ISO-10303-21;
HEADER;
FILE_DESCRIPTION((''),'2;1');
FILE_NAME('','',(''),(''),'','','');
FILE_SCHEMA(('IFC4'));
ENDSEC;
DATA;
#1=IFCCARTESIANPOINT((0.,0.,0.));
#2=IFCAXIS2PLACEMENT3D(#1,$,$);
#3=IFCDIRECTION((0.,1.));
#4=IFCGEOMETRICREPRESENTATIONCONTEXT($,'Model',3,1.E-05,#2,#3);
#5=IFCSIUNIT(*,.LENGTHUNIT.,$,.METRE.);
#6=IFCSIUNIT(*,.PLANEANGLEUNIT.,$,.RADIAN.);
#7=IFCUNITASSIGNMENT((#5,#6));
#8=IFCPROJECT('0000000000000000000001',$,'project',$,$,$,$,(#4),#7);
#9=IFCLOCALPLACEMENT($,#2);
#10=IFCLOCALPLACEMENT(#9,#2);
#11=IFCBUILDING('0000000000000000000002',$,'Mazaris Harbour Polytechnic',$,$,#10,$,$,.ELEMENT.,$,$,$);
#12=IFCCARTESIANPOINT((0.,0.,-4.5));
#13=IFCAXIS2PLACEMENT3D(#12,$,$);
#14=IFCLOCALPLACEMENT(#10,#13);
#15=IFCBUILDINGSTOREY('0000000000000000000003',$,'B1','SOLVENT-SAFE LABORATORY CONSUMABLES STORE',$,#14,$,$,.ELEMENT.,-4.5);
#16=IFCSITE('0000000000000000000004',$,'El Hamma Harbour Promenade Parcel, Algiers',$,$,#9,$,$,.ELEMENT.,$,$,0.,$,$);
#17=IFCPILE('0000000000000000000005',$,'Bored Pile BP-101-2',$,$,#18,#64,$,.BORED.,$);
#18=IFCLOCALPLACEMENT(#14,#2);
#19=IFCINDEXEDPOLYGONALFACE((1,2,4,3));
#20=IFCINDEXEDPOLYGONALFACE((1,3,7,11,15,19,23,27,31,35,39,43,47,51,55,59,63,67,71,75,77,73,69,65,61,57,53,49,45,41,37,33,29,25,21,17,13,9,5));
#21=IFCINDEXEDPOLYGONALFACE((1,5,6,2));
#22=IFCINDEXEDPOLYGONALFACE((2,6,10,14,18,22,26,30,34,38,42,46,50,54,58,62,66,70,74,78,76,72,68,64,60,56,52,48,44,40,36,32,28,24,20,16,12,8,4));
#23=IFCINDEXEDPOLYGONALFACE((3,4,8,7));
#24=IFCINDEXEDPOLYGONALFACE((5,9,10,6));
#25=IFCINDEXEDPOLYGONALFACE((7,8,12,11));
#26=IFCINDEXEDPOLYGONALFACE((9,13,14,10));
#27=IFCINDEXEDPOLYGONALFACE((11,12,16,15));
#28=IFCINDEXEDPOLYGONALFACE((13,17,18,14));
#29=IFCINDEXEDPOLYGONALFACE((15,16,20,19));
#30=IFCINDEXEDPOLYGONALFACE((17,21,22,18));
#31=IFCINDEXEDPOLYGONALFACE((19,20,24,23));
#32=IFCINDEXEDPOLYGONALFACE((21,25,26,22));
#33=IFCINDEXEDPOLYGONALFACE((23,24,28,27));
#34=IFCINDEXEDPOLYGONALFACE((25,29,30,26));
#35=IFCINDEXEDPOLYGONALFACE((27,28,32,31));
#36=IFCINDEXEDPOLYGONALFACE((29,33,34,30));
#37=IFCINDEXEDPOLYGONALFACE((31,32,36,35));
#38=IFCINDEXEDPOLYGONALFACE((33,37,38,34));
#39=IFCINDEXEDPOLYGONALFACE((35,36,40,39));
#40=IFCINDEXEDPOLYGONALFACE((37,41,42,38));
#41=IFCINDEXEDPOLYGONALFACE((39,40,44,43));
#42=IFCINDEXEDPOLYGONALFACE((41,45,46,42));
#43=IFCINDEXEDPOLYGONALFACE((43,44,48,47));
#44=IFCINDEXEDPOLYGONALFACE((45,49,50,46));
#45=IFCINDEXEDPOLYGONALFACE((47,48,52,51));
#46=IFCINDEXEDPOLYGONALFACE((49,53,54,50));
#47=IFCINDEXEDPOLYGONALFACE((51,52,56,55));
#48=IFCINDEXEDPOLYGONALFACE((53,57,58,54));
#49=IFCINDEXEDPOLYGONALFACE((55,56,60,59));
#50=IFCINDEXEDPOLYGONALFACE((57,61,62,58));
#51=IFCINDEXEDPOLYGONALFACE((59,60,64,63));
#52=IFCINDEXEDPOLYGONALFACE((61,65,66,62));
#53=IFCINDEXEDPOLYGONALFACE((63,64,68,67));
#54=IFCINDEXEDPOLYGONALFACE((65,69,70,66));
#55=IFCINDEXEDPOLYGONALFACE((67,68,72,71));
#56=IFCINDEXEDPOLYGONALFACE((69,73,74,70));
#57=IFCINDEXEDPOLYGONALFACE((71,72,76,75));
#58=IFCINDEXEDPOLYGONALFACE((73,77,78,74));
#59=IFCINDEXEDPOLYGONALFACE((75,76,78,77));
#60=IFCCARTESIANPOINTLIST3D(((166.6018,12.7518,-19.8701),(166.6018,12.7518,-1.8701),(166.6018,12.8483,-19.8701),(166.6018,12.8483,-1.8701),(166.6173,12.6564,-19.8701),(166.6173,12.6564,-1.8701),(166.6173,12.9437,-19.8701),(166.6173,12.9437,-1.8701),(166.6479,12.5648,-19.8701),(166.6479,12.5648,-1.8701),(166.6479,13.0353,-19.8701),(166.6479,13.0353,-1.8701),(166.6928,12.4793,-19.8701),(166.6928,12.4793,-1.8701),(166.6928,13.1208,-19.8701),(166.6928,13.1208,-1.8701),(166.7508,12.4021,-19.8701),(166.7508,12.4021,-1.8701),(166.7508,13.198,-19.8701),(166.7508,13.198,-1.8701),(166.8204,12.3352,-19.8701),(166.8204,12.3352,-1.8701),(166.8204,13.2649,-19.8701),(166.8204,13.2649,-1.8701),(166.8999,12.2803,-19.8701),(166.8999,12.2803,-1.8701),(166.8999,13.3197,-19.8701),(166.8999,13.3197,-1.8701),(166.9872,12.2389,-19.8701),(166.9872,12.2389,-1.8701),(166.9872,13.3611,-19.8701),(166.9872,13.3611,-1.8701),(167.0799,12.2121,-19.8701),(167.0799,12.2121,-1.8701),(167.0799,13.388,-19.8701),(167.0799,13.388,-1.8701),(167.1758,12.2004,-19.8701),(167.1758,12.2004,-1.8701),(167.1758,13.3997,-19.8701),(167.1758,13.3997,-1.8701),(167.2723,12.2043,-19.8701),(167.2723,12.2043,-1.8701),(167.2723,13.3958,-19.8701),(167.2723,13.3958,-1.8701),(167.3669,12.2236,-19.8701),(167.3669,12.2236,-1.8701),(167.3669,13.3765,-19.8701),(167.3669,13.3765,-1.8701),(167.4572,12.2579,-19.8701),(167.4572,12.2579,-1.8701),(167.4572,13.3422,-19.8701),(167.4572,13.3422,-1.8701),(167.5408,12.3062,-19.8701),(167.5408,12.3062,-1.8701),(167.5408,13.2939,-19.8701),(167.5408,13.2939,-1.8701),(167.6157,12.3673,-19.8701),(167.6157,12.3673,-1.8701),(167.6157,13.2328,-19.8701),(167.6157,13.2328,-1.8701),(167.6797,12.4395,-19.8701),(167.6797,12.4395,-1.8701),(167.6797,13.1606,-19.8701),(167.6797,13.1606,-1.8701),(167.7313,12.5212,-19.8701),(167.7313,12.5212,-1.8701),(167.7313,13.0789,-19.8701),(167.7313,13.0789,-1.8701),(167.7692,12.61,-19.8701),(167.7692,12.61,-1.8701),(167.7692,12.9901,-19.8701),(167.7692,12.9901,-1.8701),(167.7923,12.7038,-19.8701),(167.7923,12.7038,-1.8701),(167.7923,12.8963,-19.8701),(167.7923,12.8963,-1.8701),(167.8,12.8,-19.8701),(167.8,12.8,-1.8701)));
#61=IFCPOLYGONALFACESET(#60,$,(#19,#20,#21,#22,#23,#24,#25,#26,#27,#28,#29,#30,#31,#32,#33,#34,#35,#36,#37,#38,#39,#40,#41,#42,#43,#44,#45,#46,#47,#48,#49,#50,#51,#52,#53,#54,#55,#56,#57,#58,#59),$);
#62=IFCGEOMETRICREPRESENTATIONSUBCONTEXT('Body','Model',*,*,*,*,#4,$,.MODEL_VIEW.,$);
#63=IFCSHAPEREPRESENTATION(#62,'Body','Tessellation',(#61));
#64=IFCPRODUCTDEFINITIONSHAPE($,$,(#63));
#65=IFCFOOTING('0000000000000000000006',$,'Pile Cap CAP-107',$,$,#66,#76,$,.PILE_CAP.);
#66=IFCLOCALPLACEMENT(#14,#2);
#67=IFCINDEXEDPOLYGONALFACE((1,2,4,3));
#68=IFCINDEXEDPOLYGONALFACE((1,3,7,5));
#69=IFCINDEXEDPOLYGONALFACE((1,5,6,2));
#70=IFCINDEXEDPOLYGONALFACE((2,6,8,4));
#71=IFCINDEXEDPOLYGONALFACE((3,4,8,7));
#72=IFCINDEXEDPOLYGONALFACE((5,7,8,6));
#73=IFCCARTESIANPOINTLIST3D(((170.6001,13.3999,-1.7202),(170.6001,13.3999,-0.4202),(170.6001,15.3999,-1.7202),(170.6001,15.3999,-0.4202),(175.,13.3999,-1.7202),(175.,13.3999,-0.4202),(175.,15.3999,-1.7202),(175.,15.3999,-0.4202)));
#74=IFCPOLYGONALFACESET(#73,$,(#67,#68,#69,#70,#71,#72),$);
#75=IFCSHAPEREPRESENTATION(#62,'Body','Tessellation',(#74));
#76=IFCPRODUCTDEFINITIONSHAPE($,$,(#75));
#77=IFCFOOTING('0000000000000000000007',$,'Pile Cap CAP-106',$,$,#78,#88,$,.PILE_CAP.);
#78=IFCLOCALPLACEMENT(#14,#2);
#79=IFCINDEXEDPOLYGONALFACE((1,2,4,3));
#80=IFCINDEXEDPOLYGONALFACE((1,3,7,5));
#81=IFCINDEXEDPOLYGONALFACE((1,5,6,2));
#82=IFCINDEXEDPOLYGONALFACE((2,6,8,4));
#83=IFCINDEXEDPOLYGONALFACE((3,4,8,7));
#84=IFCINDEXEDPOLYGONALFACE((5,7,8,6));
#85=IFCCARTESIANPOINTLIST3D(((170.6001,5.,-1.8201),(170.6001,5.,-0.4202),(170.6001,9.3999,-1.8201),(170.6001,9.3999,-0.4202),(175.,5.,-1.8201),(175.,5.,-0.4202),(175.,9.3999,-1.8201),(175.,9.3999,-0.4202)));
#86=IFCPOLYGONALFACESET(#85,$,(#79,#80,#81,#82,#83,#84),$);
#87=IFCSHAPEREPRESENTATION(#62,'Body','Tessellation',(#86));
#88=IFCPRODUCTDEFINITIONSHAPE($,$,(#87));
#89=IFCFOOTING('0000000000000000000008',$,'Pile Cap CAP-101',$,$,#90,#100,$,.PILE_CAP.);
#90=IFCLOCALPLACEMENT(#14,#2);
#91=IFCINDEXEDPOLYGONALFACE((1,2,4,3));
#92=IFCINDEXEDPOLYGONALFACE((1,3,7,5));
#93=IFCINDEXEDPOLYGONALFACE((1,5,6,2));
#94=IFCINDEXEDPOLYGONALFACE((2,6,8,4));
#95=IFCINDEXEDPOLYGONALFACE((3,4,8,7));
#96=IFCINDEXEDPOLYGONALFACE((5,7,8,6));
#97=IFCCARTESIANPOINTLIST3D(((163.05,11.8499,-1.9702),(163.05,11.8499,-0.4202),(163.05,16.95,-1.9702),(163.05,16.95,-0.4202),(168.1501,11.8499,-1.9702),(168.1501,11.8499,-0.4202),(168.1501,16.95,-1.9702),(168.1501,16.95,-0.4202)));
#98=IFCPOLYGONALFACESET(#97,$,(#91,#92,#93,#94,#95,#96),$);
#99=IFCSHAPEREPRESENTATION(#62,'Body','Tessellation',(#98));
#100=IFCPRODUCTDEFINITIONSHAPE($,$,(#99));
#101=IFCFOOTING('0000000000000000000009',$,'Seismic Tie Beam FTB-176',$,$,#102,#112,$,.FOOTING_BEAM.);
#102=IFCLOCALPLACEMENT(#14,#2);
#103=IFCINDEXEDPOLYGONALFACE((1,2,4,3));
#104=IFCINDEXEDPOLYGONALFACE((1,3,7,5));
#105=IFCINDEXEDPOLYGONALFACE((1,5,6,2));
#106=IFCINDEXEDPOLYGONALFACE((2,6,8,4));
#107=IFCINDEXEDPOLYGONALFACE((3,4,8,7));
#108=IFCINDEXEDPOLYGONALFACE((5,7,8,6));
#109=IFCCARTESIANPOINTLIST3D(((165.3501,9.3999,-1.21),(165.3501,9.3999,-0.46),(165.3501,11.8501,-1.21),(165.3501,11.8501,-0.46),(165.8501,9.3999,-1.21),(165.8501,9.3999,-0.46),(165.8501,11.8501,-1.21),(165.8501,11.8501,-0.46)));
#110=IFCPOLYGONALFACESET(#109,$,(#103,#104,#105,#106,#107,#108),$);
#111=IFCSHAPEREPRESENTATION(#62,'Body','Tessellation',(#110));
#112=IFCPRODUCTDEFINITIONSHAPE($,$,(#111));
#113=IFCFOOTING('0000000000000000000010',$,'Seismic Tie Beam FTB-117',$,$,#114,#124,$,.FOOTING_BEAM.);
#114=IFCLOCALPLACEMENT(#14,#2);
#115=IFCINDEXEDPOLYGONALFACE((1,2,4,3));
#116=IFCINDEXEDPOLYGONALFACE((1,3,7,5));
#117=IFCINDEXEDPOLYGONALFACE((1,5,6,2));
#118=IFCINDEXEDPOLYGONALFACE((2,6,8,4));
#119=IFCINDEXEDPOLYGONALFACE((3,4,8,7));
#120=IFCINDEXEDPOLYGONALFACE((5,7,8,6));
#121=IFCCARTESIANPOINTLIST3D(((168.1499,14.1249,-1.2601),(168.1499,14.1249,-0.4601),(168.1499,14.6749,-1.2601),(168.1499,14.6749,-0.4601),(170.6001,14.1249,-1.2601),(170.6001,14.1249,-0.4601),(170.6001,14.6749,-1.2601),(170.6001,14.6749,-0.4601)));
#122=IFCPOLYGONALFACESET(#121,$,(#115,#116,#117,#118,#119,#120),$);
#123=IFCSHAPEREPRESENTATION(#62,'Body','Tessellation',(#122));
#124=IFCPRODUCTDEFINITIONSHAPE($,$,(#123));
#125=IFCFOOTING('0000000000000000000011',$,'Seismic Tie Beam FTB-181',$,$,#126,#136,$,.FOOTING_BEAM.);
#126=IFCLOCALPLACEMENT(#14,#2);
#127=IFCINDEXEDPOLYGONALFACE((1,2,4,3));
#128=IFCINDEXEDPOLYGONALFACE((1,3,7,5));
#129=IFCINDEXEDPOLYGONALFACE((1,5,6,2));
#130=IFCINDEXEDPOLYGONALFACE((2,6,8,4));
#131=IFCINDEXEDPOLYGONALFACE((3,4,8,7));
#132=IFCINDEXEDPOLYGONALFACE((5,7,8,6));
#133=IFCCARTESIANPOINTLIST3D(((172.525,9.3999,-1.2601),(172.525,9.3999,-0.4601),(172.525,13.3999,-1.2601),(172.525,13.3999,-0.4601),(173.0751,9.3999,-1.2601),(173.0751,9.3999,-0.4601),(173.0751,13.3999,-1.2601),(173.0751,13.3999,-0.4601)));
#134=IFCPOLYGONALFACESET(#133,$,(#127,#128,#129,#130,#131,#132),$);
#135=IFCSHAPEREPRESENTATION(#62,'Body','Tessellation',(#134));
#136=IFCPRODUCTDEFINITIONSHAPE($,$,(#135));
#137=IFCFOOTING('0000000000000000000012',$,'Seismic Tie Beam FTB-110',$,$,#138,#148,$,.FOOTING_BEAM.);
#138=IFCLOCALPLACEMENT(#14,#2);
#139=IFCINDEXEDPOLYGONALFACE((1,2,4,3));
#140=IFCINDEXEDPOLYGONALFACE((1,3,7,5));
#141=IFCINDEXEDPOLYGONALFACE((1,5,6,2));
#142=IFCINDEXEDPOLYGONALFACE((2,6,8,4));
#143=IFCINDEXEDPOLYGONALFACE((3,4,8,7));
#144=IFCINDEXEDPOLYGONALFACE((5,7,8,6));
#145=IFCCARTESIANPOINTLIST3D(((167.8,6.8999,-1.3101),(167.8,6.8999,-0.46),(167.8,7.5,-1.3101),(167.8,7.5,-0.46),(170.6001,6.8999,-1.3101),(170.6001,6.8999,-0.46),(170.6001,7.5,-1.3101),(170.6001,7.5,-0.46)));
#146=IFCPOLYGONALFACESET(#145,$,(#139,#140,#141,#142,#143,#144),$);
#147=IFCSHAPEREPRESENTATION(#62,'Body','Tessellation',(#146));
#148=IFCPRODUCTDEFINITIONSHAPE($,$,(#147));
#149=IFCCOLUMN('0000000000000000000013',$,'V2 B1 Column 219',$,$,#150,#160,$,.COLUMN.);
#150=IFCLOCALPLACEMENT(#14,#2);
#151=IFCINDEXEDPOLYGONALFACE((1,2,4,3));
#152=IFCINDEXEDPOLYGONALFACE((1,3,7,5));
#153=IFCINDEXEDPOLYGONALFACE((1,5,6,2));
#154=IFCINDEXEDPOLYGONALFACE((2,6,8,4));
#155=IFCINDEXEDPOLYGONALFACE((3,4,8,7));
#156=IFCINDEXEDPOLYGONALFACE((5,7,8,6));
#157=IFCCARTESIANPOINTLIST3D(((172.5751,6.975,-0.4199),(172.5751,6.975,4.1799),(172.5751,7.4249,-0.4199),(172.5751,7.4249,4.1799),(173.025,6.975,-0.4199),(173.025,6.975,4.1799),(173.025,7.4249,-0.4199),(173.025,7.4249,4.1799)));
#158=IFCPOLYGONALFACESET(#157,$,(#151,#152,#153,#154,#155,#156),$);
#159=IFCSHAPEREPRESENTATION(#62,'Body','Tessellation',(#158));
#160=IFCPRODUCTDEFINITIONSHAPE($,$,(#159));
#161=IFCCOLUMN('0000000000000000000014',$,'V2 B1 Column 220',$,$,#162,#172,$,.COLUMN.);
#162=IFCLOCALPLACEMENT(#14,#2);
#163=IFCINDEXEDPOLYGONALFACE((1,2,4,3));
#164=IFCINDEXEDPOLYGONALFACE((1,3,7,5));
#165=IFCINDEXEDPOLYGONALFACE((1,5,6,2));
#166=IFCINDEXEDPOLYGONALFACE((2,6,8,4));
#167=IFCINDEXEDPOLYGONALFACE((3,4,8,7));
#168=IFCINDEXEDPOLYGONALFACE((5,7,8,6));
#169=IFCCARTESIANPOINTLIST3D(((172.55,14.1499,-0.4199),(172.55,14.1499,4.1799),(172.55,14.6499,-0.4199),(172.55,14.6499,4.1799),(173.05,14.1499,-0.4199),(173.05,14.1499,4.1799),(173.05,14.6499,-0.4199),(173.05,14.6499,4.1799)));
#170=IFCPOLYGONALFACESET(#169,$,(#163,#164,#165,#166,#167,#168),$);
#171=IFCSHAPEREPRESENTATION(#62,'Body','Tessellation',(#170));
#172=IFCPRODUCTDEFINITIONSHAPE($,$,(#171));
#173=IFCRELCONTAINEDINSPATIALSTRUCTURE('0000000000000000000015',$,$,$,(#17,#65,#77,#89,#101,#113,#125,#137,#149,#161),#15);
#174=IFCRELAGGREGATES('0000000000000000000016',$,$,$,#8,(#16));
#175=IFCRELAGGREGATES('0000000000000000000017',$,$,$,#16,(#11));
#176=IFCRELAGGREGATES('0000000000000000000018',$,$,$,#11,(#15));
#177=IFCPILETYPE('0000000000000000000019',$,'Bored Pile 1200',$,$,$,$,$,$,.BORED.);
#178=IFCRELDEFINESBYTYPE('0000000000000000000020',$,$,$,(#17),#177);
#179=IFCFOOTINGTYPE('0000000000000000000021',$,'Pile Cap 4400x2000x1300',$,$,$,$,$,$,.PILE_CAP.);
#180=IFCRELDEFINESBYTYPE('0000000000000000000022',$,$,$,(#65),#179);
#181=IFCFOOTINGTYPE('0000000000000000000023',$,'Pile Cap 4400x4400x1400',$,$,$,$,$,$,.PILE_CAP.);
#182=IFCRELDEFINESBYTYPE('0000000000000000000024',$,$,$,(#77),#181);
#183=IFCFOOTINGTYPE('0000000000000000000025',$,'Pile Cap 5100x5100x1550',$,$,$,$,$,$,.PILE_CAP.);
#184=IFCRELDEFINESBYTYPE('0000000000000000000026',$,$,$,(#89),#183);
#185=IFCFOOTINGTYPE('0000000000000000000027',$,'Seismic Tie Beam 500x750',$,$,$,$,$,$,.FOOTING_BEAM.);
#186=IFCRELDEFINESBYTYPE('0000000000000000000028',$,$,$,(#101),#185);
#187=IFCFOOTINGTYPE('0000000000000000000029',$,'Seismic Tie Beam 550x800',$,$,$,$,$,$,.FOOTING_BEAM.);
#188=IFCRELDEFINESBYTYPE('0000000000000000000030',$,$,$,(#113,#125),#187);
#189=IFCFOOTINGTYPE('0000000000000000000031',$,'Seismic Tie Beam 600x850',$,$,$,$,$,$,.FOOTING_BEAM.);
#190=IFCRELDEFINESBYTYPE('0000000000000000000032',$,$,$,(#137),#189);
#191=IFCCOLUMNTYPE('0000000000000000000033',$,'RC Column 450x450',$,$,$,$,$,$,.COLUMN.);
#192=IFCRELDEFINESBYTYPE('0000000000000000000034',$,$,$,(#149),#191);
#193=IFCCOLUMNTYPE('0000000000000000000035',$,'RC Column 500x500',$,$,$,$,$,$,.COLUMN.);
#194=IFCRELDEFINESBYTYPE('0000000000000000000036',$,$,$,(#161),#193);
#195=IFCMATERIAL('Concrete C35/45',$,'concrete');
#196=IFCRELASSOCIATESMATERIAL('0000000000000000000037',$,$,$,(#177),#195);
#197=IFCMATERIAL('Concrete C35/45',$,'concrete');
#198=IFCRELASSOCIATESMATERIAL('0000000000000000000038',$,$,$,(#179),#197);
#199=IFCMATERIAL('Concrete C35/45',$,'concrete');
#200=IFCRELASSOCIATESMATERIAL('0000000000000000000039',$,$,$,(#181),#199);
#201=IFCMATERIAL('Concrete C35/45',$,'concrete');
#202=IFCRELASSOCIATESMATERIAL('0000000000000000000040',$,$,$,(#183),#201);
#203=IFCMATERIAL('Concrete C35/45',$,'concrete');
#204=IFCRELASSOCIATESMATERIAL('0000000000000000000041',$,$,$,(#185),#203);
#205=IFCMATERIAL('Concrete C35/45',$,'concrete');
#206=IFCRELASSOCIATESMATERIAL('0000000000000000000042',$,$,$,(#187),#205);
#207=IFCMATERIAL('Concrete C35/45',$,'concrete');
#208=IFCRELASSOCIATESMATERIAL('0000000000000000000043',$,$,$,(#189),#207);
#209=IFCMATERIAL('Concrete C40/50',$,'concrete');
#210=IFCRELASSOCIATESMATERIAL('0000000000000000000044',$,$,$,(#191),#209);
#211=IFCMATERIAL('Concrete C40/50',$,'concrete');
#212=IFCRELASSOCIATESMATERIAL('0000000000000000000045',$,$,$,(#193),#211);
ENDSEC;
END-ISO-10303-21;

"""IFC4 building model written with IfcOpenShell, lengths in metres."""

from ifc_helpers import new_model, si_unit, direction, frame, origin, origin_2d, place, context, subcontext, project, spatial, rectangle, circle, extrude, material, material_profile, profile_set, type_object, element, save


model = new_model("IFC4")

# Units and contexts
model_context = context("Model", 3, precision=1e-05, world=origin(), true_north=direction((0.0, 1.0)))
body_context = subcontext(model_context, "Body", "Model", "MODEL_VIEW")
ifc_project = project(units=[si_unit("LENGTHUNIT", "METRE"), si_unit("PLANEANGLEUNIT", "RADIAN")], contexts=[model_context])

# Site, building, storey
site_placement = place(None, origin())
site = spatial("IfcSite", under=ifc_project, at=site_placement, Name="El Hamma Harbour Promenade Parcel, Algiers", CompositionType="ELEMENT", RefElevation=0.0)
building_placement = place(site_placement, origin())
building = spatial("IfcBuilding", under=site, at=building_placement, Name="Mazaris Harbour Polytechnic", CompositionType="ELEMENT")
storey_placement = place(building_placement, frame((0.0, 0.0, -4.5)))
storey = spatial("IfcBuildingStorey", under=building, at=storey_placement, Name="B1", Description="SOLVENT-SAFE LABORATORY CONSUMABLES STORE", CompositionType="ELEMENT", Elevation=-4.5)

# Pile
ifc_material_1 = material(Name="Concrete C35/45", Category="concrete")
ifc_material_profile_1 = material_profile(ifc_material_1, circle(Radius=0.6001, at=origin_2d()), Name="DIA1200")
ifc_profile_set_1 = profile_set([ifc_material_profile_1], Name="Concrete C35/45")
pile_type_1 = type_object("IfcPileType", Name="Bored Pile 1200", PredefinedType="BORED", material=ifc_profile_set_1)
pile_placement = place(storey_placement, frame((167.2, 12.8, -1.8701), z_axis=(0.0, 0.0, -1.0), x_axis=(1.0, 0.0, 0.0)))
element("IfcPile", 1, at=pile_placement, inside=storey, type_object=pile_type_1, Name="Bored Pile BP-101-2", PredefinedType="BORED", context=body_context, shape_type="SweptSolid", body=[
    extrude(circle(Radius=0.6001, at=origin_2d()), origin(), (0.0, 0.0, 1.0), 18.0),
])

# Footings
ifc_material_2 = material(Name="Concrete C35/45", Category="concrete")
footing_type_1 = type_object("IfcFootingType", Name="Pile Cap 4400x2000x1300", PredefinedType="PILE_CAP", material=ifc_material_2)
footing_1_placement = place(storey_placement, frame((172.8, 14.3999, -1.7202), z_axis=(0.0, 0.0, 1.0), x_axis=(1.0, 0.0, 0.0)))
element("IfcFooting", 2, at=footing_1_placement, inside=storey, type_object=footing_type_1, Name="Pile Cap CAP-107", PredefinedType="PILE_CAP", context=body_context, shape_type="SweptSolid", body=[
    extrude(rectangle(XDim=4.3999, YDim=2.0, at=origin_2d()), origin(), (0.0, 0.0, 1.0), 1.3),
])
ifc_material_3 = material(Name="Concrete C35/45", Category="concrete")
footing_type_2 = type_object("IfcFootingType", Name="Pile Cap 4400x4400x1400", PredefinedType="PILE_CAP", material=ifc_material_3)
footing_2_placement = place(storey_placement, frame((172.8, 7.2, -1.8201), z_axis=(0.0, 0.0, 1.0), x_axis=(1.0, 0.0, 0.0)))
element("IfcFooting", 3, at=footing_2_placement, inside=storey, type_object=footing_type_2, Name="Pile Cap CAP-106", PredefinedType="PILE_CAP", context=body_context, shape_type="SweptSolid", body=[
    extrude(rectangle(XDim=4.3999, YDim=4.3999, at=origin_2d()), origin(), (0.0, 0.0, 1.0), 1.3999),
])
ifc_material_4 = material(Name="Concrete C35/45", Category="concrete")
footing_type_3 = type_object("IfcFootingType", Name="Pile Cap 5100x5100x1550", PredefinedType="PILE_CAP", material=ifc_material_4)
footing_3_placement = place(storey_placement, frame((165.6001, 14.3999, -1.9702), z_axis=(0.0, 0.0, 1.0), x_axis=(1.0, 0.0, 0.0)))
element("IfcFooting", 4, at=footing_3_placement, inside=storey, type_object=footing_type_3, Name="Pile Cap CAP-101", PredefinedType="PILE_CAP", context=body_context, shape_type="SweptSolid", body=[
    extrude(rectangle(XDim=5.1001, YDim=5.1001, at=origin_2d()), origin(), (0.0, 0.0, 1.0), 1.55),
])
ifc_material_5 = material(Name="Concrete C35/45", Category="concrete")
ifc_material_profile_2 = material_profile(ifc_material_5, rectangle(XDim=0.5, YDim=0.75, at=origin_2d()), Name="RECT500x750")
ifc_profile_set_2 = profile_set([ifc_material_profile_2], Name="Concrete C35/45")
footing_type_4 = type_object("IfcFootingType", Name="Seismic Tie Beam 500x750", PredefinedType="FOOTING_BEAM", material=ifc_profile_set_2)
footing_4_placement = place(storey_placement, frame((165.6001, 9.3999, -0.835), z_axis=(0.0, 1.0, 0.0), x_axis=(-1.0, 0.0, 0.0)))
element("IfcFooting", 5, at=footing_4_placement, inside=storey, type_object=footing_type_4, Name="Seismic Tie Beam FTB-176", PredefinedType="FOOTING_BEAM", context=body_context, shape_type="SweptSolid", body=[
    extrude(rectangle(XDim=0.5, YDim=0.75, at=origin_2d()), origin(), (0.0, 0.0, 1.0), 2.4502),
])
ifc_material_6 = material(Name="Concrete C35/45", Category="concrete")
ifc_material_profile_3 = material_profile(ifc_material_6, rectangle(XDim=0.55, YDim=0.8, at=origin_2d()), Name="RECT550x800")
ifc_profile_set_3 = profile_set([ifc_material_profile_3], Name="Concrete C35/45")
footing_type_5 = type_object("IfcFootingType", Name="Seismic Tie Beam 550x800", PredefinedType="FOOTING_BEAM", material=ifc_profile_set_3)
footing_5_placement = place(storey_placement, frame((168.1499, 14.3999, -0.8601), z_axis=(1.0, 0.0, 0.0), x_axis=(0.0, 1.0, 0.0)))
element("IfcFooting", 6, at=footing_5_placement, inside=storey, type_object=footing_type_5, Name="Seismic Tie Beam FTB-117", PredefinedType="FOOTING_BEAM", context=body_context, shape_type="SweptSolid", body=[
    extrude(rectangle(XDim=0.55, YDim=0.8, at=origin_2d()), origin(), (0.0, 0.0, 1.0), 2.4502),
])
footing_6_placement = place(storey_placement, frame((172.8, 9.3999, -0.8601), z_axis=(0.0, 1.0, 0.0), x_axis=(-1.0, 0.0, 0.0)))
element("IfcFooting", 7, at=footing_6_placement, inside=storey, type_object=footing_type_5, Name="Seismic Tie Beam FTB-181", PredefinedType="FOOTING_BEAM", context=body_context, shape_type="SweptSolid", body=[
    extrude(rectangle(XDim=0.55, YDim=0.8, at=origin_2d()), origin(), (0.0, 0.0, 1.0), 4.0),
])
ifc_material_7 = material(Name="Concrete C35/45", Category="concrete")
ifc_material_profile_4 = material_profile(ifc_material_7, rectangle(XDim=0.6001, YDim=0.8501, at=origin_2d()), Name="RECT600x850")
ifc_profile_set_4 = profile_set([ifc_material_profile_4], Name="Concrete C35/45")
footing_type_6 = type_object("IfcFootingType", Name="Seismic Tie Beam 600x850", PredefinedType="FOOTING_BEAM", material=ifc_profile_set_4)
footing_7_placement = place(storey_placement, frame((167.8, 7.2, -0.885), z_axis=(1.0, 0.0, 0.0), x_axis=(0.0, 1.0, 0.0)))
element("IfcFooting", 8, at=footing_7_placement, inside=storey, type_object=footing_type_6, Name="Seismic Tie Beam FTB-110", PredefinedType="FOOTING_BEAM", context=body_context, shape_type="SweptSolid", body=[
    extrude(rectangle(XDim=0.6001, YDim=0.8501, at=origin_2d()), origin(), (0.0, 0.0, 1.0), 2.8),
])

# Columns
ifc_material_8 = material(Name="Concrete C40/50", Category="concrete")
ifc_material_profile_5 = material_profile(ifc_material_8, rectangle(XDim=0.45, YDim=0.45, at=origin_2d()), Name="RECT450x450")
ifc_profile_set_5 = profile_set([ifc_material_profile_5], Name="Concrete C40/50")
column_type_1 = type_object("IfcColumnType", Name="RC Column 450x450", PredefinedType="COLUMN", material=ifc_profile_set_5)
column_1_placement = place(storey_placement, frame((172.8, 7.2, -0.4199), z_axis=(0.0, 0.0, 1.0), x_axis=(1.0, 0.0, 0.0)))
element("IfcColumn", 9, at=column_1_placement, inside=storey, type_object=column_type_1, Name="V2 B1 Column 219", PredefinedType="COLUMN", context=body_context, shape_type="SweptSolid", body=[
    extrude(rectangle(XDim=0.45, YDim=0.45, at=origin_2d()), origin(), (0.0, 0.0, 1.0), 4.5999),
])
ifc_material_9 = material(Name="Concrete C40/50", Category="concrete")
ifc_material_profile_6 = material_profile(ifc_material_9, rectangle(XDim=0.5, YDim=0.5, at=origin_2d()), Name="RECT500x500")
ifc_profile_set_6 = profile_set([ifc_material_profile_6], Name="Concrete C40/50")
column_type_2 = type_object("IfcColumnType", Name="RC Column 500x500", PredefinedType="COLUMN", material=ifc_profile_set_6)
column_2_placement = place(storey_placement, frame((172.8, 14.3999, -0.4199), z_axis=(0.0, 0.0, 1.0), x_axis=(1.0, 0.0, 0.0)))
element("IfcColumn", 10, at=column_2_placement, inside=storey, type_object=column_type_2, Name="V2 B1 Column 220", PredefinedType="COLUMN", context=body_context, shape_type="SweptSolid", body=[
    extrude(rectangle(XDim=0.5, YDim=0.5, at=origin_2d()), origin(), (0.0, 0.0, 1.0), 4.5999),
])

save(model, "model.ifc")
